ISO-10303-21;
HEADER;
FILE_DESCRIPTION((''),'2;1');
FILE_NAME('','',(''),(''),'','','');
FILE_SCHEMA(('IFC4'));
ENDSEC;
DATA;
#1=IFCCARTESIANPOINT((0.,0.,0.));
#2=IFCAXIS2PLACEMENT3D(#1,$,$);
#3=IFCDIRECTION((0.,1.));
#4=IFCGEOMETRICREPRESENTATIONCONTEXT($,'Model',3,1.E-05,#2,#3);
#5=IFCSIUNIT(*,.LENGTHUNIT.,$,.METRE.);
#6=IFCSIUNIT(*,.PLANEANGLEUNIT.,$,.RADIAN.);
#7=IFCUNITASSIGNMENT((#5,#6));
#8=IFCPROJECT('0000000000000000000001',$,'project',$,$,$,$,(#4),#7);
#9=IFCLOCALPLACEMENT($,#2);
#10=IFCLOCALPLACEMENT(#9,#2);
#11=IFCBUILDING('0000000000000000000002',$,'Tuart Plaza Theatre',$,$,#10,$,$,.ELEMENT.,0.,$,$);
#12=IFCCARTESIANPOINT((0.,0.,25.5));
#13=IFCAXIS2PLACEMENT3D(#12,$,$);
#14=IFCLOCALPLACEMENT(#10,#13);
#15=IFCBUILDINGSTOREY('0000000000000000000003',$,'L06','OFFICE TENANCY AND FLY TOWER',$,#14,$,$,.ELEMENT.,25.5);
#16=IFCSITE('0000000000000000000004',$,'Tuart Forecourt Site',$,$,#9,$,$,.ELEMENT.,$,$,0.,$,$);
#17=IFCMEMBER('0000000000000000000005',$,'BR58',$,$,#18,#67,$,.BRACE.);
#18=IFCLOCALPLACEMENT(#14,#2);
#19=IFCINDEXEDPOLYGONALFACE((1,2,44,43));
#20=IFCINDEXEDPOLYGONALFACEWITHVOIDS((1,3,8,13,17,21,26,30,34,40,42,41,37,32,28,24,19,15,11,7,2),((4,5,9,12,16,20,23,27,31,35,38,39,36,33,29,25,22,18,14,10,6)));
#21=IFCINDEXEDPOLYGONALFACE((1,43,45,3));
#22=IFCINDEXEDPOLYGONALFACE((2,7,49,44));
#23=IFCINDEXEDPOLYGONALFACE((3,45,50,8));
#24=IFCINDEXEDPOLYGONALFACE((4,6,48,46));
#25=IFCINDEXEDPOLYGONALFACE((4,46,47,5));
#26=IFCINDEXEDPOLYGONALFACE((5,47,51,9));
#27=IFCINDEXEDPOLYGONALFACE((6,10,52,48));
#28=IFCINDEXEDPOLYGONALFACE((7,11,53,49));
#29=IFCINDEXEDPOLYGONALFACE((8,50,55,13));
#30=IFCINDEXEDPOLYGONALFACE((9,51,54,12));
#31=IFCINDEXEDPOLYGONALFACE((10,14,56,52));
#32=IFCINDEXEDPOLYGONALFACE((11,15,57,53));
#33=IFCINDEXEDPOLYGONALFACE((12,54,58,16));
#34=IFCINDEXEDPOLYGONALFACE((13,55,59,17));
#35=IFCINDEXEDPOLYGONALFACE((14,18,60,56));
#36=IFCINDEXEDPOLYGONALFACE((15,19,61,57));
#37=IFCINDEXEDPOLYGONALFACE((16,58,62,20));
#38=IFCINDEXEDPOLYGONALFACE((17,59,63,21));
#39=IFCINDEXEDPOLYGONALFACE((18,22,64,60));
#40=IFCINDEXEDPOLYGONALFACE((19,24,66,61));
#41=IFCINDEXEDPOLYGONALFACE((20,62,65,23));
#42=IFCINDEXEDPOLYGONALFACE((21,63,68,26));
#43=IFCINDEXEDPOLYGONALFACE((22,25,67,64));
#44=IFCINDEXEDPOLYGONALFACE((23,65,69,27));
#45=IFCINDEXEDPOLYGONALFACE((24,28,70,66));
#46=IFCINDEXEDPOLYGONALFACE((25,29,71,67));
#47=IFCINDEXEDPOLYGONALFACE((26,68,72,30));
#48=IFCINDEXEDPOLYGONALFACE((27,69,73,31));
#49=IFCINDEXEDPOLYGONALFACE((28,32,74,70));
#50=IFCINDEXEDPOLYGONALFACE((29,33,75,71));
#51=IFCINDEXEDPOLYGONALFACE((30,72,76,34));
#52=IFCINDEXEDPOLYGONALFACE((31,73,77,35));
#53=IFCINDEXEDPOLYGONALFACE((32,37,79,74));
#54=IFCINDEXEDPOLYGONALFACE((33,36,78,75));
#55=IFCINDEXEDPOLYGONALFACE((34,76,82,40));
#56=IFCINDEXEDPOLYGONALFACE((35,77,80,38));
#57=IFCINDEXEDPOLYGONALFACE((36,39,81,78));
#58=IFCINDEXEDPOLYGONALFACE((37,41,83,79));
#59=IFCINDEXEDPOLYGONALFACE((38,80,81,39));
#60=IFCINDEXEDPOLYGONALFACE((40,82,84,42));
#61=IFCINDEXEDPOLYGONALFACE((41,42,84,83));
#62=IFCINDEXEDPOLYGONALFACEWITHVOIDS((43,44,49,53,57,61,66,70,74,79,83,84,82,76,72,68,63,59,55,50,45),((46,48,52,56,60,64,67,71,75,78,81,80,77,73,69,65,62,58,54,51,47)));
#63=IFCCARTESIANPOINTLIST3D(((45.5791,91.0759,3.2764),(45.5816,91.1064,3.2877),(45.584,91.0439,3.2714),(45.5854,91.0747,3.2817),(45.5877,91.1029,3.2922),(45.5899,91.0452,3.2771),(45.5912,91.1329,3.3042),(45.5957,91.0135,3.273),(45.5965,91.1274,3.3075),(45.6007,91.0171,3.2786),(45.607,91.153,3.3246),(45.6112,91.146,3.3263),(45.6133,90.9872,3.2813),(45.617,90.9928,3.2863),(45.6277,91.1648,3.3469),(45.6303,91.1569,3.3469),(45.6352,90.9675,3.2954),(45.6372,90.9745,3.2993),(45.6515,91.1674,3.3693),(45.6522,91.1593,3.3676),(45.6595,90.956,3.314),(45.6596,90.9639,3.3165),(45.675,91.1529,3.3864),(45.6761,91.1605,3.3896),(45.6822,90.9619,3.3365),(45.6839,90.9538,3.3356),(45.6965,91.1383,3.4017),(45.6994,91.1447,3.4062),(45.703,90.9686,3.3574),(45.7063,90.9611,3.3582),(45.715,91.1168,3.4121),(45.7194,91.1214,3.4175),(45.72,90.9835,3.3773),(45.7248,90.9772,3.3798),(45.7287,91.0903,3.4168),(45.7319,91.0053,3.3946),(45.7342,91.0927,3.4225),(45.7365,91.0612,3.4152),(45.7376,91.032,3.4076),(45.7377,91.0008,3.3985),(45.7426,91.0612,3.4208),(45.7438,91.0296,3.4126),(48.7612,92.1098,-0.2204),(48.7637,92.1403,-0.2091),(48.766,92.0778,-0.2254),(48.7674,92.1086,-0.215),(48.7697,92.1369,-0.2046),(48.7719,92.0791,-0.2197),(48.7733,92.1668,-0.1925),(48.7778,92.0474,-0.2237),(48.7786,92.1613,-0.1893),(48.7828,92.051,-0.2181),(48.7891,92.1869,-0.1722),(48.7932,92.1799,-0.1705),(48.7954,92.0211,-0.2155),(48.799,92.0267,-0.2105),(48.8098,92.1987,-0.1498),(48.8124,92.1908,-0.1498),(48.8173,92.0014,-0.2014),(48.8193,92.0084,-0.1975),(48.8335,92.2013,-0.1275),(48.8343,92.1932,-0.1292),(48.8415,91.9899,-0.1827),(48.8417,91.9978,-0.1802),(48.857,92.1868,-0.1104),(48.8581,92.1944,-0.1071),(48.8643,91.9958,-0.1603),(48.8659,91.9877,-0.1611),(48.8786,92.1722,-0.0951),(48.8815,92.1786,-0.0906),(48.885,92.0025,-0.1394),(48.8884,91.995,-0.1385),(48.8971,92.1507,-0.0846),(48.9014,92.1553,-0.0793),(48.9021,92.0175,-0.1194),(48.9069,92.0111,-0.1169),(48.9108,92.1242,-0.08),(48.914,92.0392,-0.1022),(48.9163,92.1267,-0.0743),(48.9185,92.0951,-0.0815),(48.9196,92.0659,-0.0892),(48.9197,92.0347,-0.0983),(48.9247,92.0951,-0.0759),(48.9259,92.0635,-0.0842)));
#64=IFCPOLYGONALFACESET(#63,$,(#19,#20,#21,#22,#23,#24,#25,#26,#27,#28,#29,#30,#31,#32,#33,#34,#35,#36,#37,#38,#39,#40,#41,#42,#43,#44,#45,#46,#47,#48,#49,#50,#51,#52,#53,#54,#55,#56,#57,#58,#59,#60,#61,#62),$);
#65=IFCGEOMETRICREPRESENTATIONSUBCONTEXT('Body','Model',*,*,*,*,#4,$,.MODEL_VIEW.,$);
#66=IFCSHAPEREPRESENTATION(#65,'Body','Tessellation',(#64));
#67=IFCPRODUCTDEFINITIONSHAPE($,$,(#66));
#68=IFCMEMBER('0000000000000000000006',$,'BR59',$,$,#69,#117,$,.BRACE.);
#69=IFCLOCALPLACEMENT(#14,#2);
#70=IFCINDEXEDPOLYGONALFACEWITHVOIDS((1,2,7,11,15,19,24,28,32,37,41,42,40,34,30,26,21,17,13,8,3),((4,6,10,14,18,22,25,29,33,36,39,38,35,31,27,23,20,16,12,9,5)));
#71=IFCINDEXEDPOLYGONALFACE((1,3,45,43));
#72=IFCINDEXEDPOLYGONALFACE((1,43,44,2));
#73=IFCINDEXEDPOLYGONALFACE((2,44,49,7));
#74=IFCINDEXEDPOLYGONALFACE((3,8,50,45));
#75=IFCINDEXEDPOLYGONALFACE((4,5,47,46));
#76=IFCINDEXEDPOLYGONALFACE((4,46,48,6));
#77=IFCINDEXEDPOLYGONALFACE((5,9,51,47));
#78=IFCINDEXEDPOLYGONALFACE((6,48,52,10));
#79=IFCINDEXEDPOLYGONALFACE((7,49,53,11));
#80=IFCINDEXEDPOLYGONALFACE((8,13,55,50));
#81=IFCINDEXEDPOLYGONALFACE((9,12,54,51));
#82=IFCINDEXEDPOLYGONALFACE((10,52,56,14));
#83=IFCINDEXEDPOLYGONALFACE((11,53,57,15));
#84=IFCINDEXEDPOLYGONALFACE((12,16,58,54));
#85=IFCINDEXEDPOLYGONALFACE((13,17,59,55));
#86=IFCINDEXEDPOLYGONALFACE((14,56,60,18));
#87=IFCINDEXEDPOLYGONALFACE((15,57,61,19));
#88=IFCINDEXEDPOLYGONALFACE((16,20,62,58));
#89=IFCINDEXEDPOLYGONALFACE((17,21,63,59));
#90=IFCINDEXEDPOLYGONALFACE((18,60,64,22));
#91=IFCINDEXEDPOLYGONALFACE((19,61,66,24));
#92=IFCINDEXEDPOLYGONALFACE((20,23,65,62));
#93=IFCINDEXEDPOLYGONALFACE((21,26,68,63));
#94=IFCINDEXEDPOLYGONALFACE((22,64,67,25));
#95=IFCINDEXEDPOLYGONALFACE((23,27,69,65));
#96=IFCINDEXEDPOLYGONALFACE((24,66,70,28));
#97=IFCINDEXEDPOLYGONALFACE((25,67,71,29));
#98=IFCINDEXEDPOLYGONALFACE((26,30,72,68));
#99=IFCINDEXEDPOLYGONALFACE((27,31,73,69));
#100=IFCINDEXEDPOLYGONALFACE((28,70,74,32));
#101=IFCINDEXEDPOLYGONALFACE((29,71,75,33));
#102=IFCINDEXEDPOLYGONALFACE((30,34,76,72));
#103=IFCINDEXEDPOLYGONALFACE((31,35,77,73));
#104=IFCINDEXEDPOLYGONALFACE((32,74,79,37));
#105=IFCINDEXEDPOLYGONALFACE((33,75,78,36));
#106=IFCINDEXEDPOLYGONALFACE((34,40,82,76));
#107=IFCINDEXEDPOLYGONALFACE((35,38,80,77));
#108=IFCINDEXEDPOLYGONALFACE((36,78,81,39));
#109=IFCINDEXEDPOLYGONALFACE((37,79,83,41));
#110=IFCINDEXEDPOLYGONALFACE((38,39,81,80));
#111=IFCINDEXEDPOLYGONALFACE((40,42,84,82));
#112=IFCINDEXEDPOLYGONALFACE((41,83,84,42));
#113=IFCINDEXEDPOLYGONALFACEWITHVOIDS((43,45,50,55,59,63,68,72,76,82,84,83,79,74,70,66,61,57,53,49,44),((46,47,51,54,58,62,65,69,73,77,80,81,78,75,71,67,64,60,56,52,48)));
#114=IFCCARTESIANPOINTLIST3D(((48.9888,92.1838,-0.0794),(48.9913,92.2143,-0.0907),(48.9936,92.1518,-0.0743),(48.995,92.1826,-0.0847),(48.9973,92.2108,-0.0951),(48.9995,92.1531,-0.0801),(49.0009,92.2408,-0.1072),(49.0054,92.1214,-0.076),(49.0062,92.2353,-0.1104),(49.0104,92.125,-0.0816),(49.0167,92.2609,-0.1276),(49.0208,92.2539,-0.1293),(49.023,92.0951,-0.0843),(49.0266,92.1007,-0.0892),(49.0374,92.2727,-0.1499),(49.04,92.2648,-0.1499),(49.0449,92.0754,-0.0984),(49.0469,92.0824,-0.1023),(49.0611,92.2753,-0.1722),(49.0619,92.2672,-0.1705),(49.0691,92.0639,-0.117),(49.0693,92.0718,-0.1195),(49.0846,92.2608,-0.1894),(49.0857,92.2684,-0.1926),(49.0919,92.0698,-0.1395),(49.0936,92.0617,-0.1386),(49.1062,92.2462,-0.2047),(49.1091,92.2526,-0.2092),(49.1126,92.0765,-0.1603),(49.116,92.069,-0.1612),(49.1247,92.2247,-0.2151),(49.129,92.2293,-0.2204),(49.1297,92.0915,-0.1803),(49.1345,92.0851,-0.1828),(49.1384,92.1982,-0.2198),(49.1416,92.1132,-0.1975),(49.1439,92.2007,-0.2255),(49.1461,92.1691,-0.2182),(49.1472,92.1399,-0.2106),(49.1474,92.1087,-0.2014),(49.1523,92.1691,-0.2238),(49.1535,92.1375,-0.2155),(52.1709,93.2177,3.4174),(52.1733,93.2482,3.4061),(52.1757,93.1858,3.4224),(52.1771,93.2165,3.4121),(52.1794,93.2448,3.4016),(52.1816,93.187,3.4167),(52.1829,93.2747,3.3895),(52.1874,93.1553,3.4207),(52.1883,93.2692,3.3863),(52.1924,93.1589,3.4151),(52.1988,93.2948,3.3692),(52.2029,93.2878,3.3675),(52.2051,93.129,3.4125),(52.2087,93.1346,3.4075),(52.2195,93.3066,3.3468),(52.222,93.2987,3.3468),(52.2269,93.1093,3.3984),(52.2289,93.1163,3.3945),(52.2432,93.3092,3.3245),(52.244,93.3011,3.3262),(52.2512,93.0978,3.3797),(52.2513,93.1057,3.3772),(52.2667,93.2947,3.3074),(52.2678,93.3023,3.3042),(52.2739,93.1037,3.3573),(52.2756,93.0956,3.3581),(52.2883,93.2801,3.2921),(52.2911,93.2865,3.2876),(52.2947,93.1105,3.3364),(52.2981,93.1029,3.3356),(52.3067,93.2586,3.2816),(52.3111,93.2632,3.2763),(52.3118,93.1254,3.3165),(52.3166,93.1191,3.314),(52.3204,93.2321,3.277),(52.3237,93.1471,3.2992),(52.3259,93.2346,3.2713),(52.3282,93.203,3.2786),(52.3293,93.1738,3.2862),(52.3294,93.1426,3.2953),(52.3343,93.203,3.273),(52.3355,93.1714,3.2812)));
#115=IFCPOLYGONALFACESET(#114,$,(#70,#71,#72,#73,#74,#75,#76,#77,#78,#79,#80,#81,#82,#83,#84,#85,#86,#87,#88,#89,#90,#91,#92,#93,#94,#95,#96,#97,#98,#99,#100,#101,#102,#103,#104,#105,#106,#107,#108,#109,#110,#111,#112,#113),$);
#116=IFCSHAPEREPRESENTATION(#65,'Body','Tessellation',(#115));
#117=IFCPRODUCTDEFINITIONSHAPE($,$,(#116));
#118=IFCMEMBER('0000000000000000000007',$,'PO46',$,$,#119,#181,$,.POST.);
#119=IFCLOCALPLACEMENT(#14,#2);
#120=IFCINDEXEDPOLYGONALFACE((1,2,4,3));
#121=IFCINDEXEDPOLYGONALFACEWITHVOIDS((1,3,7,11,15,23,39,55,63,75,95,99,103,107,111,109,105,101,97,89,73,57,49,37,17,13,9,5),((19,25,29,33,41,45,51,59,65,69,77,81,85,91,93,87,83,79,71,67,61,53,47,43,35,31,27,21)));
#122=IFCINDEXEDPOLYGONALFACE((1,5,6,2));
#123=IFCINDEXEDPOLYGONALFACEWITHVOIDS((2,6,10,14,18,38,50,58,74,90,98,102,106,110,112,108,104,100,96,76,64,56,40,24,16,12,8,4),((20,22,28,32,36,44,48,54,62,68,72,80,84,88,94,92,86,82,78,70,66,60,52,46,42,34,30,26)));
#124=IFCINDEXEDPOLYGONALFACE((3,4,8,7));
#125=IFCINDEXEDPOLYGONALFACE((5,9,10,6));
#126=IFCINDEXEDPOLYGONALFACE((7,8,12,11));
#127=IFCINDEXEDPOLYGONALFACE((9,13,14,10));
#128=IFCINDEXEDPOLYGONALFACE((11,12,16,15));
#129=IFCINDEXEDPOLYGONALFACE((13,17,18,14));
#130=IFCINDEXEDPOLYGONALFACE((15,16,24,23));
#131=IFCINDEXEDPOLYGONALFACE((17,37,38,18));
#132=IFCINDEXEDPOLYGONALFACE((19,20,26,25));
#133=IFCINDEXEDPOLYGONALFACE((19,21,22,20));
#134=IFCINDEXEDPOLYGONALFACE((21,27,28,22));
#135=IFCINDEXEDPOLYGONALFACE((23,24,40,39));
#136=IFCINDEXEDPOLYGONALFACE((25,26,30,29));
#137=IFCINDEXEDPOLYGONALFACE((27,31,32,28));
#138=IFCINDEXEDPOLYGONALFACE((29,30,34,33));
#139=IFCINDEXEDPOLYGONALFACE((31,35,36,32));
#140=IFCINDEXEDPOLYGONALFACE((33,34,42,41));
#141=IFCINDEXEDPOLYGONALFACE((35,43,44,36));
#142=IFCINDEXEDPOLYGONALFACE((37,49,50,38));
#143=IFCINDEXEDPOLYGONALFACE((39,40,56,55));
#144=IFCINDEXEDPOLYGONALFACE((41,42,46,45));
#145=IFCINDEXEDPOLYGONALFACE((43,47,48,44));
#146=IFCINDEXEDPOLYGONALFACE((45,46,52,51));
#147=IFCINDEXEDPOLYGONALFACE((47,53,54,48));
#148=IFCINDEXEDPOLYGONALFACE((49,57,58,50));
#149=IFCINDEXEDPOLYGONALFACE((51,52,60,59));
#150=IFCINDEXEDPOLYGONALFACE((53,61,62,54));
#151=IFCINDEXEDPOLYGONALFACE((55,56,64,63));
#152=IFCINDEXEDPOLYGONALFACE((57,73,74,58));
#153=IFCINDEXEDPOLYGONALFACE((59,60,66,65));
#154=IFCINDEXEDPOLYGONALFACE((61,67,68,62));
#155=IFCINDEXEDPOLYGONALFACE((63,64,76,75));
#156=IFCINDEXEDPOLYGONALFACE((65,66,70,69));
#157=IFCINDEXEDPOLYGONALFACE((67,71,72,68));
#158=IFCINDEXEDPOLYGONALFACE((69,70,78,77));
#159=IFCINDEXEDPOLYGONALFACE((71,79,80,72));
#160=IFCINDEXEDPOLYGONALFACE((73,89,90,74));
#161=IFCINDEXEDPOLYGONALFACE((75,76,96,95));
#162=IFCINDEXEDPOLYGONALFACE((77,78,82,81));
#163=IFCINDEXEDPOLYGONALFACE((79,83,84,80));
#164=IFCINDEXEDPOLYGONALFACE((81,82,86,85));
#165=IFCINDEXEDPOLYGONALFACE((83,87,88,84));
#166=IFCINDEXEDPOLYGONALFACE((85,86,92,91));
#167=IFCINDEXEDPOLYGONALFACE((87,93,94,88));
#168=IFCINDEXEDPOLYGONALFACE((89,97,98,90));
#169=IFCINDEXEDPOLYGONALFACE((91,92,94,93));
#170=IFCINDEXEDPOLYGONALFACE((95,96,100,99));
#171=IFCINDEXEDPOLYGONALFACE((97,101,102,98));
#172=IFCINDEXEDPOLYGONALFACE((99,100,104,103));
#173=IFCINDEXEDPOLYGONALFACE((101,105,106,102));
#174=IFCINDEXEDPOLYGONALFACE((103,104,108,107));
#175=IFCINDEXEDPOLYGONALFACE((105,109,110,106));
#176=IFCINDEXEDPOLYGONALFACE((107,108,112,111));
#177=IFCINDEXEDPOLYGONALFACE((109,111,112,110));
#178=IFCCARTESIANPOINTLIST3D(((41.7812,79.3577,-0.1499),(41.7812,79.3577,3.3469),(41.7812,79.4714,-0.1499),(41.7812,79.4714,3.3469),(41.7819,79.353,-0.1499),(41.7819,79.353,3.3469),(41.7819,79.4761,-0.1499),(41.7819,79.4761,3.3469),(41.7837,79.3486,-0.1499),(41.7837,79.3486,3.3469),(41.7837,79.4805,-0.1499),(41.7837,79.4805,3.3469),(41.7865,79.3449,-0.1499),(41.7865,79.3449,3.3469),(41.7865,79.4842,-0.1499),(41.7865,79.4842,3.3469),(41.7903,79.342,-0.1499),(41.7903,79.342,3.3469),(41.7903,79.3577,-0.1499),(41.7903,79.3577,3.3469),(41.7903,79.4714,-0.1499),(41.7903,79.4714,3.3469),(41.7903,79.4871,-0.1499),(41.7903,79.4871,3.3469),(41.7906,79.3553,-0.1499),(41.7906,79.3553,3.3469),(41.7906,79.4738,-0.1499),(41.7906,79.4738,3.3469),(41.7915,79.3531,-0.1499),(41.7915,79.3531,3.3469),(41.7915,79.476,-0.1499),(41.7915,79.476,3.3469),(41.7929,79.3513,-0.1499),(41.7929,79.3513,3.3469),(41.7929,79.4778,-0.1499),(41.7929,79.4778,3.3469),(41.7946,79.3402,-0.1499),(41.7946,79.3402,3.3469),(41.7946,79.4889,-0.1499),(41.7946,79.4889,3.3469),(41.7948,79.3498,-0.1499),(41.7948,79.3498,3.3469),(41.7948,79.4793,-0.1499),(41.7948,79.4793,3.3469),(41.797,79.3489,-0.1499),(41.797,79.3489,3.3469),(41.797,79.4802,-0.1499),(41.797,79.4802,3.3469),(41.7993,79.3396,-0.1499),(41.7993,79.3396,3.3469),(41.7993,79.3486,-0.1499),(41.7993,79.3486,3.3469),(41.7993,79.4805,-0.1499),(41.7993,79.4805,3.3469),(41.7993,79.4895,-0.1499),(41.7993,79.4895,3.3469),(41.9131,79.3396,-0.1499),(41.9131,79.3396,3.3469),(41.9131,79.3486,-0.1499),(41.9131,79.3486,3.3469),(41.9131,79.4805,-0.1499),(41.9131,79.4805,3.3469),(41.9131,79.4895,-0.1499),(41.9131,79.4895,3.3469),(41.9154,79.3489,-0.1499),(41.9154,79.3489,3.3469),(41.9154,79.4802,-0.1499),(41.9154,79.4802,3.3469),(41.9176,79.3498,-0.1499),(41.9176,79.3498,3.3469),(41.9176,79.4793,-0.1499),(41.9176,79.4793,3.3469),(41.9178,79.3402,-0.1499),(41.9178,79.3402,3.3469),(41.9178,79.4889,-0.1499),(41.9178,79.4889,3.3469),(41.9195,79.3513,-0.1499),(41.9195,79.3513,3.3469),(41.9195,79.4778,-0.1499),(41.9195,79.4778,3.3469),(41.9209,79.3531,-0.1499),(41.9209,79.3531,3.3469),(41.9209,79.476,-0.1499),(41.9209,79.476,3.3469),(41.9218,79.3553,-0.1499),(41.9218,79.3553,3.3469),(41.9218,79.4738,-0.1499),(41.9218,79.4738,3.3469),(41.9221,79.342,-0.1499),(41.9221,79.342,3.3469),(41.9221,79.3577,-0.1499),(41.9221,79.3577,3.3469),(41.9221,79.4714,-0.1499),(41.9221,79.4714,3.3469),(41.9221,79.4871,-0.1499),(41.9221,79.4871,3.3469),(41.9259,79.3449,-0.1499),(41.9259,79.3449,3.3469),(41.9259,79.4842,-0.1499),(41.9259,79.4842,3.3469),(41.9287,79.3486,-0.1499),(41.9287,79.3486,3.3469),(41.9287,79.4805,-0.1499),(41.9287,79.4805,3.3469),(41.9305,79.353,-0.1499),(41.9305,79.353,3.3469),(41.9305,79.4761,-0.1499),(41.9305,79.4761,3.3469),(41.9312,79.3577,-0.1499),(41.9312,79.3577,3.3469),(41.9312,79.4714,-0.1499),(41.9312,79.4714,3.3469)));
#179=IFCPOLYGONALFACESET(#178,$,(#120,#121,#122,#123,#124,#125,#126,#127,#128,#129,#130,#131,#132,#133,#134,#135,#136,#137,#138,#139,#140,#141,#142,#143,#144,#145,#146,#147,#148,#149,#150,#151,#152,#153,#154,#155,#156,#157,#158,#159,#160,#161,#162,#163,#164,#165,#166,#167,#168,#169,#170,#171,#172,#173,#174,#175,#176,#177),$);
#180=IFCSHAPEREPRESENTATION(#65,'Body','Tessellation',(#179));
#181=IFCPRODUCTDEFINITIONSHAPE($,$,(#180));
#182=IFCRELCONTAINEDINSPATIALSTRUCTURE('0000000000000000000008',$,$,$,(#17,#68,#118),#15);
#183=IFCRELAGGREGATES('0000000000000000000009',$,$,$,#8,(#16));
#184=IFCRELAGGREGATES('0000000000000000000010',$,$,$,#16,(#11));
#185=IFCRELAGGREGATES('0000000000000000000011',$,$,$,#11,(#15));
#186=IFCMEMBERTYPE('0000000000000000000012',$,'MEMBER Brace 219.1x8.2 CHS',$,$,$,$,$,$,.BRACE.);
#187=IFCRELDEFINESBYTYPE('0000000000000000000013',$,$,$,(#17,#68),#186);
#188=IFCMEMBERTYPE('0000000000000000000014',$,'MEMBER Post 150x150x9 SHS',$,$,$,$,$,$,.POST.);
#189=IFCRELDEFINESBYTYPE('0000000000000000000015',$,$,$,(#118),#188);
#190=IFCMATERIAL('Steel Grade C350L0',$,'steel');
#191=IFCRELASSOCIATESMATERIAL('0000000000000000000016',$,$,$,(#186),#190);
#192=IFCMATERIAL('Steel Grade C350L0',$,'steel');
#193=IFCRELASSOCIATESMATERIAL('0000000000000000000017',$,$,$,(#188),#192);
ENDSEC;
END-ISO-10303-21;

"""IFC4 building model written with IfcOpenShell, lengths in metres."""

from ifc_helpers import new_model, si_unit, direction, frame, origin, origin_2d, place, context, subcontext, project, spatial, hollow_rectangle, hollow_circle, extrude, material, material_profile, profile_set, type_object, element, save


model = new_model("IFC4")

# Units and contexts
model_context = context("Model", 3, precision=1e-05, world=origin(), true_north=direction((0.0, 1.0)))
body_context = subcontext(model_context, "Body", "Model", "MODEL_VIEW")
ifc_project = project(units=[si_unit("LENGTHUNIT", "METRE"), si_unit("PLANEANGLEUNIT", "RADIAN")], contexts=[model_context])

# Site, building, storey
site_placement = place(None, origin())
site = spatial("IfcSite", under=ifc_project, at=site_placement, Name="Tuart Forecourt Site", CompositionType="ELEMENT", RefElevation=0.0)
building_placement = place(site_placement, origin())
building = spatial("IfcBuilding", under=site, at=building_placement, Name="Tuart Plaza Theatre", CompositionType="ELEMENT", ElevationOfRefHeight=0.0)
storey_placement = place(building_placement, frame((0.0, 0.0, 25.5)))
storey = spatial("IfcBuildingStorey", under=building, at=storey_placement, Name="L06", Description="OFFICE TENANCY AND FLY TOWER", CompositionType="ELEMENT", Elevation=25.5)

# Members
ifc_material_1 = material(Name="Steel Grade C350L0", Category="steel")
ifc_material_profile_1 = material_profile(ifc_material_1, hollow_circle(Radius=0.1096, WallThickness=0.0083, at=origin_2d()), Name="219.1x8.2 CHS")
ifc_profile_set_1 = profile_set([ifc_material_profile_1], Name="Steel Grade C350L0")
member_type_1 = type_object("IfcMemberType", Name="MEMBER Brace 219.1x8.2 CHS", PredefinedType="BRACE", material=ifc_profile_set_1)
for number, where, z_axis, x_axis, name in (
    (1, (45.6616, 91.0605, 3.3469), (0.657505, 0.213636, -0.722529), (-0.309017, 0.951057, 0.0), "BR58"),
    (2, (49.0713, 92.1685, -0.1499), (0.657505, 0.213636, 0.722529), (-0.309017, 0.951057, 0.0), "BR59"),
):
    element("IfcMember", number, at=place(storey_placement, frame(where, z_axis=z_axis, x_axis=x_axis)), inside=storey, type_object=member_type_1, Name=name, PredefinedType="BRACE", context=body_context, shape_type="SweptSolid", body=[
        extrude(hollow_circle(Radius=0.1096, WallThickness=0.0083, at=origin_2d()), origin(), (0.0, 0.0, 1.0), 4.8396),
    ])
ifc_material_2 = material(Name="Steel Grade C350L0", Category="steel")
ifc_material_profile_2 = material_profile(ifc_material_2, hollow_rectangle(XDim=0.1499, YDim=0.1499, WallThickness=0.009, InnerFilletRadius=0.009, OuterFilletRadius=0.0181, at=origin_2d()), Name="150x150x9 SHS")
ifc_profile_set_2 = profile_set([ifc_material_profile_2], Name="Steel Grade C350L0")
member_type_2 = type_object("IfcMemberType", Name="MEMBER Post 150x150x9 SHS", PredefinedType="POST", material=ifc_profile_set_2)
for number, where, z_axis, x_axis, name in (
    (3, (41.8562, 79.4146, -0.1499), (0.0, 0.0, 1.0), (1.0, 0.0, 0.0), "PO46"),
):
    element("IfcMember", number, at=place(storey_placement, frame(where, z_axis=z_axis, x_axis=x_axis)), inside=storey, type_object=member_type_2, Name=name, PredefinedType="POST", context=body_context, shape_type="SweptSolid", body=[
        extrude(hollow_rectangle(XDim=0.1499, YDim=0.1499, WallThickness=0.009, InnerFilletRadius=0.009, OuterFilletRadius=0.0181, at=origin_2d()), origin(), (0.0, 0.0, 1.0), 3.4968),
    ])

save(model, "model.ifc")
